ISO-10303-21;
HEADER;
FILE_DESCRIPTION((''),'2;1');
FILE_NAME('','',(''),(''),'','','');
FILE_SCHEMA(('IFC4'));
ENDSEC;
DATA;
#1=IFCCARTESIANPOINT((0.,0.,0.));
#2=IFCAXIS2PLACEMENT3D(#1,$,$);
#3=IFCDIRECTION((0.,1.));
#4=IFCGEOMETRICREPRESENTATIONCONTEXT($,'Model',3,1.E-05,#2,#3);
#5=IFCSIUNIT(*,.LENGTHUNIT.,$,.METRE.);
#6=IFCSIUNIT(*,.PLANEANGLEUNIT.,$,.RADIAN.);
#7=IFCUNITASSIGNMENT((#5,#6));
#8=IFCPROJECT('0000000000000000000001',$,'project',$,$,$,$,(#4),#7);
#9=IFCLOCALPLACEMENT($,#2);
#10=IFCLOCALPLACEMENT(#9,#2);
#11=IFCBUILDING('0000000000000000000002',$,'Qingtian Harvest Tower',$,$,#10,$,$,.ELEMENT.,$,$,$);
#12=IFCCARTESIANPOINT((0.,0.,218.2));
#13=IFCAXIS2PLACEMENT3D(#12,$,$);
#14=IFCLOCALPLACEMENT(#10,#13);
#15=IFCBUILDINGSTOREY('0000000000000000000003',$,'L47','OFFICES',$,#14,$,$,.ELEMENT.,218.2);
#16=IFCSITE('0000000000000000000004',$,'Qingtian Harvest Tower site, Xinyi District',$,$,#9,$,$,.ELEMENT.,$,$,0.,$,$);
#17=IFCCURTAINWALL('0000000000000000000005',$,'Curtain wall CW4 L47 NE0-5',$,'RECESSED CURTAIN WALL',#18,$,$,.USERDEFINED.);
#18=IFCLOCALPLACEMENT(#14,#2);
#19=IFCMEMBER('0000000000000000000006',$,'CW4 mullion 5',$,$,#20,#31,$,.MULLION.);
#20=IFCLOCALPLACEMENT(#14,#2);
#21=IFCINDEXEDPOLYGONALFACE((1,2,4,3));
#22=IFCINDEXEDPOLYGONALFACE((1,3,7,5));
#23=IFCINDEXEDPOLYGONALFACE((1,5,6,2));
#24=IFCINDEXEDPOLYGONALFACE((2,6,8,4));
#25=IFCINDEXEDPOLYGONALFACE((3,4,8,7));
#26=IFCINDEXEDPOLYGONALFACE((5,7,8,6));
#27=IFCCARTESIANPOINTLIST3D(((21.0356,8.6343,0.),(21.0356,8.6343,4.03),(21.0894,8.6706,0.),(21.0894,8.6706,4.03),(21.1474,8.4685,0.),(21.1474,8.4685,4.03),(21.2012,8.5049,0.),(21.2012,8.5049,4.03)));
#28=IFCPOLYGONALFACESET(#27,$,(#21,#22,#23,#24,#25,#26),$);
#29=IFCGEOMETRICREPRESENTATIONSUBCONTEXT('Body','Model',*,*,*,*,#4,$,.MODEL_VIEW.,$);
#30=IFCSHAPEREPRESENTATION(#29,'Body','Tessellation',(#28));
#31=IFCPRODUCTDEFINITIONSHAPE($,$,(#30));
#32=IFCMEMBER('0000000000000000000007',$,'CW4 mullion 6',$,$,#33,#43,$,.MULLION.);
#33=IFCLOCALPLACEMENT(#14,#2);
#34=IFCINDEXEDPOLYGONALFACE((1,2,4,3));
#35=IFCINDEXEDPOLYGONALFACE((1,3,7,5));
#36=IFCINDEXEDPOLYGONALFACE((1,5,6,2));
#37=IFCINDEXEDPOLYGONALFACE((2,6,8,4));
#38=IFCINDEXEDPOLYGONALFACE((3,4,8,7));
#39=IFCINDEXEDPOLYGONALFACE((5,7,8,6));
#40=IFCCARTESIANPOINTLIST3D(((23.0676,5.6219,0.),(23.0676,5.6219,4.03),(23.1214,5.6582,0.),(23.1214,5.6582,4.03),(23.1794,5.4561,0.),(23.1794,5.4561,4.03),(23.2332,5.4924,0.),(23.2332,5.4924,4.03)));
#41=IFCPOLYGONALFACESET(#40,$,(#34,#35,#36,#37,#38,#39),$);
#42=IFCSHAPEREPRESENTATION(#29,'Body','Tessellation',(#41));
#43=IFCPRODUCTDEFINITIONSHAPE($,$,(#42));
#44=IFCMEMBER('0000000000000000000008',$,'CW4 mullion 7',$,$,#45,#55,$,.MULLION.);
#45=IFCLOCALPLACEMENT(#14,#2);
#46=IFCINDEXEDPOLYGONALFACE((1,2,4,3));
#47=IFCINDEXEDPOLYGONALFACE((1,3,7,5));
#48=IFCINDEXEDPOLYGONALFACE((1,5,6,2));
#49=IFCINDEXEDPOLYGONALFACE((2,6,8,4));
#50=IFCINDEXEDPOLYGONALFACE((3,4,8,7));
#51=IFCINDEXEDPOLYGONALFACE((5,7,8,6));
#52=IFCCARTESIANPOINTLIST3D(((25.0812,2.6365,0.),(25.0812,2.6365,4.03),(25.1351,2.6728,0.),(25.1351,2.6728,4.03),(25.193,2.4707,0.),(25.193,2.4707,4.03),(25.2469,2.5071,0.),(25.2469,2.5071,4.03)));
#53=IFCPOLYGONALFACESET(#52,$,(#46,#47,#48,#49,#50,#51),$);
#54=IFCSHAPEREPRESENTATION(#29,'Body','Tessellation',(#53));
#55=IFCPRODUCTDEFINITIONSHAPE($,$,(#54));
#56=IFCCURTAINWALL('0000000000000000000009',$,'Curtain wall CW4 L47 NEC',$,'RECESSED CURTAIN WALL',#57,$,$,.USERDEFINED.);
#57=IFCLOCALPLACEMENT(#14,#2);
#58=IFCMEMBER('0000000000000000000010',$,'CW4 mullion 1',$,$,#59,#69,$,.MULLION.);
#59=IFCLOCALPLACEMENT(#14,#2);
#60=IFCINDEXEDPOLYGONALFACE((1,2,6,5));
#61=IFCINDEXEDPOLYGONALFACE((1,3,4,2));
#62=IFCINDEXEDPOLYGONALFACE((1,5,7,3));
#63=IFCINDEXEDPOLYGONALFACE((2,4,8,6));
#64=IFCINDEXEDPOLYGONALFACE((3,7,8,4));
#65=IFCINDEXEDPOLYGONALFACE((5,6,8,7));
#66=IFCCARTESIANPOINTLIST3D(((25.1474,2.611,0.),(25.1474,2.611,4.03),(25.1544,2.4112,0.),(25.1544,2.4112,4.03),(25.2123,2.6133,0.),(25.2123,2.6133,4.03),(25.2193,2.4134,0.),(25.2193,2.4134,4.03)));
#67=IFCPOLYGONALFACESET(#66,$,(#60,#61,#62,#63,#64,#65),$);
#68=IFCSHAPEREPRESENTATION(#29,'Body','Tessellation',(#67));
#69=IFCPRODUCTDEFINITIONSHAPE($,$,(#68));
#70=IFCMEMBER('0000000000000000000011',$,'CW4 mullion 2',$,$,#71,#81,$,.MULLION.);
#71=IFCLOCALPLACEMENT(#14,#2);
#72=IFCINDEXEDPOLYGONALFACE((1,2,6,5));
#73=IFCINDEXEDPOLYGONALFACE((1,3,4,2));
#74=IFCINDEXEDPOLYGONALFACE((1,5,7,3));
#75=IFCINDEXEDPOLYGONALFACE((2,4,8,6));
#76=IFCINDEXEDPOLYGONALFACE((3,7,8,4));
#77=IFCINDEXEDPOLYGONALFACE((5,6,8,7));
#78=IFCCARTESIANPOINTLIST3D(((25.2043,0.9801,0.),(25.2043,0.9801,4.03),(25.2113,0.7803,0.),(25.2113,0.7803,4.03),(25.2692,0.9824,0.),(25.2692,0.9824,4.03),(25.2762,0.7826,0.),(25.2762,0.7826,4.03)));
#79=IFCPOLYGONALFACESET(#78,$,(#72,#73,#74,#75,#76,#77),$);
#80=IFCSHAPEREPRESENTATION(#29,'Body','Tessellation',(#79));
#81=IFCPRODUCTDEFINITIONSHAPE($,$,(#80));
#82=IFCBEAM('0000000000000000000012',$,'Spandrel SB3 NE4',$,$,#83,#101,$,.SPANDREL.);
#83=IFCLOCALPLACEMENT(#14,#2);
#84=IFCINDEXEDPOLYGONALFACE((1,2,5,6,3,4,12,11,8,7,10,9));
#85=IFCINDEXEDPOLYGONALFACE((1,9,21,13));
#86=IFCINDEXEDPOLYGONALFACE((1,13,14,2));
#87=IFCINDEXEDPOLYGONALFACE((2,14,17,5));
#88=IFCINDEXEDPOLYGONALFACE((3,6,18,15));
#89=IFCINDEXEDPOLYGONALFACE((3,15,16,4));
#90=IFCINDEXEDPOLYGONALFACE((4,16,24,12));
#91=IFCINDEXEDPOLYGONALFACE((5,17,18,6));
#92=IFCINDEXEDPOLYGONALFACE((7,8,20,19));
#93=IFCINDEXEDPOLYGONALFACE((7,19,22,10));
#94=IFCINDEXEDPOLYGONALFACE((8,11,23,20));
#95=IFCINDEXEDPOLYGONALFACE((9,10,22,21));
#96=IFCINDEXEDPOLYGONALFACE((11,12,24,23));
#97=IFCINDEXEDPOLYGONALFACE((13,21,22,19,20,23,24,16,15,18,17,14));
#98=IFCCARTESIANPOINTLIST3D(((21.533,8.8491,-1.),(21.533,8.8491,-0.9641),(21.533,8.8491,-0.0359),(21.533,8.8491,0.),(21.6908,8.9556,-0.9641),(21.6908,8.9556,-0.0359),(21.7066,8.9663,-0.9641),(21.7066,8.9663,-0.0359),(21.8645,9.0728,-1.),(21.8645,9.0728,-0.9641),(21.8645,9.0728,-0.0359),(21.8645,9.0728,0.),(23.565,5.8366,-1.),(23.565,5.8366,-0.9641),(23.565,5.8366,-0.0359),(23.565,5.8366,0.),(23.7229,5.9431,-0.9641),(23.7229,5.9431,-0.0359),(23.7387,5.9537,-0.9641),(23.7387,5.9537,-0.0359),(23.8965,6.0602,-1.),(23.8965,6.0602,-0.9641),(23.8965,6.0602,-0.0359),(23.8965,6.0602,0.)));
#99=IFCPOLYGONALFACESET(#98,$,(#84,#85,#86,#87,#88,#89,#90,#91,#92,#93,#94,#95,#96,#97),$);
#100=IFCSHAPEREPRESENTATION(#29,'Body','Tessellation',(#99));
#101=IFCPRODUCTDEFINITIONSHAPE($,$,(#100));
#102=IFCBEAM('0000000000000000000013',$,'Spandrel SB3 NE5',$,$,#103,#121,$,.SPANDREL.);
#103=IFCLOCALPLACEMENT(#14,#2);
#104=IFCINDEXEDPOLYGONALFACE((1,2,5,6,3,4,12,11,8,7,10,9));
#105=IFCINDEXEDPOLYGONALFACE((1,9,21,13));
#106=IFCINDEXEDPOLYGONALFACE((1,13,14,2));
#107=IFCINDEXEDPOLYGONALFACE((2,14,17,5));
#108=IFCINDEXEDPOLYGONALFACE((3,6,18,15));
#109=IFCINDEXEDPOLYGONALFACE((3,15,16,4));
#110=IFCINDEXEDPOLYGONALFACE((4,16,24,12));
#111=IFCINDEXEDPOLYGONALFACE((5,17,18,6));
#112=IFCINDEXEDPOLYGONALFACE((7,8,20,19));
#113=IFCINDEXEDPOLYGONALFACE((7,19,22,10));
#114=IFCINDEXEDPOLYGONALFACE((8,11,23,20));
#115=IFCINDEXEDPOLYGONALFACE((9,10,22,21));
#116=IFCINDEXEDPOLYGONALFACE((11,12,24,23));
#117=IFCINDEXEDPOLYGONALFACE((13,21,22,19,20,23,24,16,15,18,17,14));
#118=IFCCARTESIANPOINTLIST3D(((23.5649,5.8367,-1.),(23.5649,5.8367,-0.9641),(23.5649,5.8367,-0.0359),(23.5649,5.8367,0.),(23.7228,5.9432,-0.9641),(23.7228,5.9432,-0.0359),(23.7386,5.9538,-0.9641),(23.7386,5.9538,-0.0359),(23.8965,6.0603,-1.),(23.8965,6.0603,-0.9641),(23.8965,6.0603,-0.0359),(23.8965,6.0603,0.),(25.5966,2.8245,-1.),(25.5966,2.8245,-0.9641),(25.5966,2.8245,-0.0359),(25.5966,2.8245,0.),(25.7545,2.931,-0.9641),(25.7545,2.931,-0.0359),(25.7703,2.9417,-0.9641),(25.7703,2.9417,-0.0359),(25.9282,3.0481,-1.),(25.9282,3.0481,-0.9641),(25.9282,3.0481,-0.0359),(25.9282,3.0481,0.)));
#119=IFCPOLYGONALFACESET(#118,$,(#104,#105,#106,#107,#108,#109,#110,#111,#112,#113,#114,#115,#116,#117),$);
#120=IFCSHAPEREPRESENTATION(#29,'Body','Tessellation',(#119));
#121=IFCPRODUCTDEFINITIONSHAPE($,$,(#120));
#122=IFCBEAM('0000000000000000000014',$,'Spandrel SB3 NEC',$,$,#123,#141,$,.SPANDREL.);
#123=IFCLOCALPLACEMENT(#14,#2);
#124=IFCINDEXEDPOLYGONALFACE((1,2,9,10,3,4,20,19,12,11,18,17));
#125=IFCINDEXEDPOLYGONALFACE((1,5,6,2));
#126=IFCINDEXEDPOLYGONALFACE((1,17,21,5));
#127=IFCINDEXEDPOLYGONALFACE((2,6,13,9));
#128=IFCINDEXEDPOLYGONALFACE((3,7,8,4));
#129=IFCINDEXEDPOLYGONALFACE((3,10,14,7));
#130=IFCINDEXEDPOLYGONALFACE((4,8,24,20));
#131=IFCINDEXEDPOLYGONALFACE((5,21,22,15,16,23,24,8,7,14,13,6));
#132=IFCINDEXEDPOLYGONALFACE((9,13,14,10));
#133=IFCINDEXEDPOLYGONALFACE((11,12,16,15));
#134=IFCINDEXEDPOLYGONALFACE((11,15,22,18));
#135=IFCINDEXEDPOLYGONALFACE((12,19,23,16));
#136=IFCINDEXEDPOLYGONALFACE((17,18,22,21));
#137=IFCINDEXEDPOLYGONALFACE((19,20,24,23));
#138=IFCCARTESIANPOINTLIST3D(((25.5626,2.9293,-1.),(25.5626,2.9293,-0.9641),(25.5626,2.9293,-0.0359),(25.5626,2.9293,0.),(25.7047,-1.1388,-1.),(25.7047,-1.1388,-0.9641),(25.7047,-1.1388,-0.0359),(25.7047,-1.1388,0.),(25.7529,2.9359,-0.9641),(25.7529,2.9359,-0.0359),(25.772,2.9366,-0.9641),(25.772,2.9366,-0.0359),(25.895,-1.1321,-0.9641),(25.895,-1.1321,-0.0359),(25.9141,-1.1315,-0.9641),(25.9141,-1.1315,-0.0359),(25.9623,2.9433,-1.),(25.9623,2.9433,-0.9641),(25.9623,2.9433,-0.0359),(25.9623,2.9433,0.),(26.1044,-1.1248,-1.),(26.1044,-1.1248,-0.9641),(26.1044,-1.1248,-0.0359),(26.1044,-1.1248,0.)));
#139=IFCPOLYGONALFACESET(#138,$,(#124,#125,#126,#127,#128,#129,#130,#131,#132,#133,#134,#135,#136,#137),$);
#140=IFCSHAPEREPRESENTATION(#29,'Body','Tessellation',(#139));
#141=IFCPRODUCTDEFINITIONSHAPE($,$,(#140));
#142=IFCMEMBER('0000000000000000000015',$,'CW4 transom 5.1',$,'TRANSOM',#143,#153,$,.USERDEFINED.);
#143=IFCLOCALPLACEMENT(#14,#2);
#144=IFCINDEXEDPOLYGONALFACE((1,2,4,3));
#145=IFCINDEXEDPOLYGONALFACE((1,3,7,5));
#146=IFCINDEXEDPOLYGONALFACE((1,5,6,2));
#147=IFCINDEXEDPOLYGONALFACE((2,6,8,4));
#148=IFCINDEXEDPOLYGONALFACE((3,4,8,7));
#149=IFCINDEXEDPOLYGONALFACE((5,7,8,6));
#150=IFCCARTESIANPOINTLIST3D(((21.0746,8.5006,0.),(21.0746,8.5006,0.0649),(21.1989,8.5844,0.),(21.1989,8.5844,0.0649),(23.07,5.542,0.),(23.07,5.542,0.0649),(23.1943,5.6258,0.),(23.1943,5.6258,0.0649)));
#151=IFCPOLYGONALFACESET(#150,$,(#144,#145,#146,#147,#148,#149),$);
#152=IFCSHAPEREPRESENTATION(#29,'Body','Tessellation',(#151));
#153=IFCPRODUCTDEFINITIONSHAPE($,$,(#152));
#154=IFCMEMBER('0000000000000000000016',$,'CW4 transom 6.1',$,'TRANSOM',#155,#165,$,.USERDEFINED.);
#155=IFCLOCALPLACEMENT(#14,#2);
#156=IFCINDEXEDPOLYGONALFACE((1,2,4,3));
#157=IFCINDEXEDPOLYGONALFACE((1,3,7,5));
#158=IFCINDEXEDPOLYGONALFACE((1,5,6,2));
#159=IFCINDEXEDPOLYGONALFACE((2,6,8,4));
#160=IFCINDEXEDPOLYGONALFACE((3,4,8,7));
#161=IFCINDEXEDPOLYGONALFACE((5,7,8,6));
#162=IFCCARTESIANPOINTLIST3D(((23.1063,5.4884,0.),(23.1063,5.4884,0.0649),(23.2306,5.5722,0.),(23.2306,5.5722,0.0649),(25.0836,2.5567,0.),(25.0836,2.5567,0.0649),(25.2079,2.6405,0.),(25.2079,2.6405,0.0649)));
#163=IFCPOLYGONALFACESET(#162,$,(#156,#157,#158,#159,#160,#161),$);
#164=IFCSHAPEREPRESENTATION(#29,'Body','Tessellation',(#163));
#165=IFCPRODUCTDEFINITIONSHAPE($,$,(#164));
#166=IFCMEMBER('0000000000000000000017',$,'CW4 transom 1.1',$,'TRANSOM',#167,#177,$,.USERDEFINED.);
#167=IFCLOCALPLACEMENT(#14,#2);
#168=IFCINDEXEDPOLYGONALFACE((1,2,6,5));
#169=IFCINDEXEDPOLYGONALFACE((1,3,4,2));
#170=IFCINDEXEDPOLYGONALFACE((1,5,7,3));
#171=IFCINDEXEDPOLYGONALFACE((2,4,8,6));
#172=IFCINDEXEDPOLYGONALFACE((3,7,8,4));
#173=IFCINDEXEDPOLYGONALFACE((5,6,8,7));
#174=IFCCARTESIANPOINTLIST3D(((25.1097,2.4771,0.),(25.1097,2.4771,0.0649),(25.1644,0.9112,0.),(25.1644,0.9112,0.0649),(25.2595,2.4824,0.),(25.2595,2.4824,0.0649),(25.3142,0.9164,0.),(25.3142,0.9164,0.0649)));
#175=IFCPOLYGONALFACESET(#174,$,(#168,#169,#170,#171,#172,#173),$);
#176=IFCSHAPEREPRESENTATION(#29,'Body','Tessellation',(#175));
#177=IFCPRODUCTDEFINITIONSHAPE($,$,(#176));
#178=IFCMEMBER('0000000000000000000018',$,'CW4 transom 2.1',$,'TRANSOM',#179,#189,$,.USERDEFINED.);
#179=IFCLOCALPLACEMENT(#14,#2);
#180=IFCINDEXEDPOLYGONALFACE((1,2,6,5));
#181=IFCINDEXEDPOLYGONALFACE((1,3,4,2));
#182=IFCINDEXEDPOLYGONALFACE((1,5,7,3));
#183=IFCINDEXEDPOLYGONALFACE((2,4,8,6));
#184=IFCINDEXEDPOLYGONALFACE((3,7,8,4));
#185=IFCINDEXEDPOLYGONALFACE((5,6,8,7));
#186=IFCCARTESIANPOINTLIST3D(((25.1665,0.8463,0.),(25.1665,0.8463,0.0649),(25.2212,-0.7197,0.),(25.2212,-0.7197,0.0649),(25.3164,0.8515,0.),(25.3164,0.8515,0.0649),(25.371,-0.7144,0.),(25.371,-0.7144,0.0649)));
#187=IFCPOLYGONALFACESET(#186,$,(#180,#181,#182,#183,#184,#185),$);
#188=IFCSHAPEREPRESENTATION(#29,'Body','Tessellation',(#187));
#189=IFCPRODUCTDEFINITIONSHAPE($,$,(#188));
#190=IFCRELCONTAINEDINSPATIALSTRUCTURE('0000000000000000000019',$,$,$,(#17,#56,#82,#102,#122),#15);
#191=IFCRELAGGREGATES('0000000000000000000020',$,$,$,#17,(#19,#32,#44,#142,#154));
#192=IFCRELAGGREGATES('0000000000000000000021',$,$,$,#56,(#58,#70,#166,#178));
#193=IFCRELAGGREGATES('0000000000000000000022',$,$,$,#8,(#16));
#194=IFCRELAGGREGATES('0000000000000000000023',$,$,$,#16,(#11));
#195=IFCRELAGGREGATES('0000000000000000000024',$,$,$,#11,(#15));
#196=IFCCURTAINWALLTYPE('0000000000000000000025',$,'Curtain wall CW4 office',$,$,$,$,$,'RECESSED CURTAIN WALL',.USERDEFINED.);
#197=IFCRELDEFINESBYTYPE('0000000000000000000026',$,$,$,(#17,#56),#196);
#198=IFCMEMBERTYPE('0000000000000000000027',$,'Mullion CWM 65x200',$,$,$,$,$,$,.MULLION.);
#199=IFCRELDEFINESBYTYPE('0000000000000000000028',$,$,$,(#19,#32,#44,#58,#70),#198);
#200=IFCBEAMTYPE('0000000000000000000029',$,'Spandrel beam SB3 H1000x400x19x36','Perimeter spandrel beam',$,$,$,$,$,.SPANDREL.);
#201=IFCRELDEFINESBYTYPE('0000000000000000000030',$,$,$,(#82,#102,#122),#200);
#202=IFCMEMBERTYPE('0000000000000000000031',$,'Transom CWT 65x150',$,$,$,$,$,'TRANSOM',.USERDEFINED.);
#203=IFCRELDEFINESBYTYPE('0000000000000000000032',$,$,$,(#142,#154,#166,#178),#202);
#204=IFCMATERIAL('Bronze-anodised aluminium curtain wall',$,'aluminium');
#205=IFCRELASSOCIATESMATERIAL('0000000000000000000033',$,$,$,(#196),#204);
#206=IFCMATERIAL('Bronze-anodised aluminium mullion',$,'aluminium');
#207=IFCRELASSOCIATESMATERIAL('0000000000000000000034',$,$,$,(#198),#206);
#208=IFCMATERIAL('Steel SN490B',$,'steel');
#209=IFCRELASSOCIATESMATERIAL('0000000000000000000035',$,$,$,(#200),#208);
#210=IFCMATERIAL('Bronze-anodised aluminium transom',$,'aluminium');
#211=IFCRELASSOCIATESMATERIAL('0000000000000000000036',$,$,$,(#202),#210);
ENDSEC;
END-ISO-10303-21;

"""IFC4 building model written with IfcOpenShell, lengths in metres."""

from ifc_helpers import new_model, si_unit, direction, frame, origin, origin_2d, place, context, subcontext, project, spatial, rectangle, i_section, extrude, material, material_profile, profile_set, type_object, element, aggregate, save


model = new_model("IFC4")

# Units and contexts
model_context = context("Model", 3, precision=1e-05, world=origin(), true_north=direction((0.0, 1.0)))
body_context = subcontext(model_context, "Body", "Model", "MODEL_VIEW")
ifc_project = project(units=[si_unit("LENGTHUNIT", "METRE"), si_unit("PLANEANGLEUNIT", "RADIAN")], contexts=[model_context])

# Site, building, storey
site_placement = place(None, origin())
site = spatial("IfcSite", under=ifc_project, at=site_placement, Name="Qingtian Harvest Tower site, Xinyi District", CompositionType="ELEMENT", RefElevation=0.0)
building_placement = place(site_placement, origin())
building = spatial("IfcBuilding", under=site, at=building_placement, Name="Qingtian Harvest Tower", CompositionType="ELEMENT")
storey_placement = place(building_placement, frame((0.0, 0.0, 218.2)))
storey = spatial("IfcBuildingStorey", under=building, at=storey_placement, Name="L47", Description="OFFICES", CompositionType="ELEMENT", Elevation=218.2)

# Curtain walls, members
ifc_material_1 = material(Name="Bronze-anodised aluminium curtain wall", Category="aluminium")
curtain_wall_type = type_object("IfcCurtainWallType", Name="Curtain wall CW4 office", ElementType="RECESSED CURTAIN WALL", PredefinedType="USERDEFINED", material=ifc_material_1)
curtain_wall_1_placement = place(storey_placement, origin())
curtain_wall_1 = element("IfcCurtainWall", 1, at=curtain_wall_1_placement, inside=storey, type_object=curtain_wall_type, Name="Curtain wall CW4 L47 NE0-5", ObjectType="RECESSED CURTAIN WALL", PredefinedType="USERDEFINED")
ifc_material_2 = material(Name="Bronze-anodised aluminium mullion", Category="aluminium")
ifc_material_profile_1 = material_profile(ifc_material_2, rectangle(XDim=0.0649, YDim=0.2, at=origin_2d()), Name="AL 65x200")
ifc_profile_set_1 = profile_set([ifc_material_profile_1], Name="Bronze-anodised aluminium mullion")
member_type_1 = type_object("IfcMemberType", Name="Mullion CWM 65x200", PredefinedType="MULLION", material=ifc_profile_set_1)
member_1_placement = place(storey_placement, frame((21.1184, 8.5696, 0.0), z_axis=(0.0, 0.0, 1.0), x_axis=(0.829038, 0.559193, 0.0)))
member_1 = element("IfcMember", 2, at=member_1_placement, type_object=member_type_1, Name="CW4 mullion 5", PredefinedType="MULLION", context=body_context, shape_type="SweptSolid", body=[
    extrude(rectangle(XDim=0.0649, YDim=0.2, at=origin_2d()), origin(), (0.0, 0.0, 1.0), 4.03),
])
member_2_placement = place(storey_placement, frame((23.1504, 5.5571, 0.0), z_axis=(0.0, 0.0, 1.0), x_axis=(0.829038, 0.559193, 0.0)))
member_2 = element("IfcMember", 3, at=member_2_placement, type_object=member_type_1, Name="CW4 mullion 6", PredefinedType="MULLION", context=body_context, shape_type="SweptSolid", body=[
    extrude(rectangle(XDim=0.0649, YDim=0.2, at=origin_2d()), origin(), (0.0, 0.0, 1.0), 4.03),
])
member_3_placement = place(storey_placement, frame((25.1641, 2.5718, 0.0), z_axis=(0.0, 0.0, 1.0), x_axis=(0.829038, 0.559193, 0.0)))
member_3 = element("IfcMember", 4, at=member_3_placement, type_object=member_type_1, Name="CW4 mullion 7", PredefinedType="MULLION", context=body_context, shape_type="SweptSolid", body=[
    extrude(rectangle(XDim=0.0649, YDim=0.2, at=origin_2d()), origin(), (0.0, 0.0, 1.0), 4.03),
])
curtain_wall_2_placement = place(storey_placement, origin())
curtain_wall_2 = element("IfcCurtainWall", 5, at=curtain_wall_2_placement, inside=storey, type_object=curtain_wall_type, Name="Curtain wall CW4 L47 NEC", ObjectType="RECESSED CURTAIN WALL", PredefinedType="USERDEFINED")
member_4_placement = place(storey_placement, frame((25.1833, 2.5122, 0.0), z_axis=(0.0, 0.0, 1.0), x_axis=(0.999391, 0.034899, 0.0)))
member_4 = element("IfcMember", 6, at=member_4_placement, type_object=member_type_1, Name="CW4 mullion 1", PredefinedType="MULLION", context=body_context, shape_type="SweptSolid", body=[
    extrude(rectangle(XDim=0.0649, YDim=0.2, at=origin_2d()), origin(), (0.0, 0.0, 1.0), 4.03),
])
member_5_placement = place(storey_placement, frame((25.2402, 0.8813, 0.0), z_axis=(0.0, 0.0, 1.0), x_axis=(0.999391, 0.034899, 0.0)))
member_5 = element("IfcMember", 7, at=member_5_placement, type_object=member_type_1, Name="CW4 mullion 2", PredefinedType="MULLION", context=body_context, shape_type="SweptSolid", body=[
    extrude(rectangle(XDim=0.0649, YDim=0.2, at=origin_2d()), origin(), (0.0, 0.0, 1.0), 4.03),
])

# Beams
ifc_material_3 = material(Name="Steel SN490B", Category="steel")
ifc_material_profile_2 = material_profile(ifc_material_3, i_section(OverallWidth=0.3999, OverallDepth=1.0, WebThickness=0.019, FlangeThickness=0.0359, at=origin_2d()), Name="H1000x400x19x36")
ifc_profile_set_2 = profile_set([ifc_material_profile_2], Name="Steel SN490B")
beam_type_1 = type_object("IfcBeamType", Name="Spandrel beam SB3 H1000x400x19x36", Description="Perimeter spandrel beam", PredefinedType="SPANDREL", material=ifc_profile_set_2)
beam_1_placement = place(storey_placement, frame((21.6987, 8.9609, -0.5), z_axis=(0.559204, -0.82903, 0.0), x_axis=(0.82903, 0.559204, 0.0)))
element("IfcBeam", 8, at=beam_1_placement, inside=storey, type_object=beam_type_1, Name="Spandrel SB3 NE4", PredefinedType="SPANDREL", context=body_context, shape_type="SweptSolid", body=[
    extrude(i_section(OverallWidth=0.3999, OverallDepth=1.0, WebThickness=0.019, FlangeThickness=0.0359, at=origin_2d()), origin(), (0.0, 0.0, 1.0), 3.6338),
])
beam_2_placement = place(storey_placement, frame((23.7307, 5.9485, -0.5), z_axis=(0.559189, -0.82904, 0.0), x_axis=(0.82904, 0.559189, 0.0)))
element("IfcBeam", 9, at=beam_2_placement, inside=storey, type_object=beam_type_1, Name="Spandrel SB3 NE5", PredefinedType="SPANDREL", context=body_context, shape_type="SweptSolid", body=[
    extrude(i_section(OverallWidth=0.3999, OverallDepth=1.0, WebThickness=0.019, FlangeThickness=0.0359, at=origin_2d()), origin(), (0.0, 0.0, 1.0), 3.6333),
])
beam_3_placement = place(storey_placement, frame((25.7625, 2.9363, -0.5), z_axis=(0.034906, -0.999391, 0.0), x_axis=(0.999391, 0.034906, 0.0)))
element("IfcBeam", 10, at=beam_3_placement, inside=storey, type_object=beam_type_1, Name="Spandrel SB3 NEC", PredefinedType="SPANDREL", context=body_context, shape_type="SweptSolid", body=[
    extrude(i_section(OverallWidth=0.3999, OverallDepth=1.0, WebThickness=0.019, FlangeThickness=0.0359, at=origin_2d()), origin(), (0.0, 0.0, 1.0), 4.0706),
])

# Members
ifc_material_4 = material(Name="Bronze-anodised aluminium transom", Category="aluminium")
ifc_material_profile_3 = material_profile(ifc_material_4, rectangle(XDim=0.1499, YDim=0.0649, at=origin_2d()), Name="AL 65x150")
ifc_profile_set_3 = profile_set([ifc_material_profile_3], Name="Bronze-anodised aluminium transom")
member_type_2 = type_object("IfcMemberType", Name="Transom CWT 65x150", ElementType="TRANSOM", PredefinedType="USERDEFINED", material=ifc_profile_set_3)
member_6_placement = place(storey_placement, frame((21.1367, 8.5425, 0.0325), z_axis=(0.55916, -0.82906, 0.0), x_axis=(0.82906, 0.55916, 0.0)))
member_6 = element("IfcMember", 11, at=member_6_placement, type_object=member_type_2, Name="CW4 transom 5.1", ObjectType="TRANSOM", PredefinedType="USERDEFINED", context=body_context, shape_type="SweptSolid", body=[
    extrude(rectangle(XDim=0.1499, YDim=0.0649, at=origin_2d()), origin(), (0.0, 0.0, 1.0), 3.5686),
])
member_7_placement = place(storey_placement, frame((23.1685, 5.5303, 0.0325), z_axis=(0.559169, -0.829054, 0.0), x_axis=(0.829054, 0.559169, 0.0)))
member_7 = element("IfcMember", 12, at=member_7_placement, type_object=member_type_2, Name="CW4 transom 6.1", ObjectType="TRANSOM", PredefinedType="USERDEFINED", context=body_context, shape_type="SweptSolid", body=[
    extrude(rectangle(XDim=0.1499, YDim=0.0649, at=origin_2d()), origin(), (0.0, 0.0, 1.0), 3.5361),
])
member_8_placement = place(storey_placement, frame((25.1846, 2.4797, 0.0325), z_axis=(0.034902, -0.999391, 0.0), x_axis=(0.999391, 0.034902, 0.0)))
member_8 = element("IfcMember", 13, at=member_8_placement, type_object=member_type_2, Name="CW4 transom 1.1", ObjectType="TRANSOM", PredefinedType="USERDEFINED", context=body_context, shape_type="SweptSolid", body=[
    extrude(rectangle(XDim=0.1499, YDim=0.0649, at=origin_2d()), origin(), (0.0, 0.0, 1.0), 1.5669),
])
member_9_placement = place(storey_placement, frame((25.2415, 0.8489, 0.0325), z_axis=(0.034902, -0.999391, 0.0), x_axis=(0.999391, 0.034902, 0.0)))
member_9 = element("IfcMember", 14, at=member_9_placement, type_object=member_type_2, Name="CW4 transom 2.1", ObjectType="TRANSOM", PredefinedType="USERDEFINED", context=body_context, shape_type="SweptSolid", body=[
    extrude(rectangle(XDim=0.1499, YDim=0.0649, at=origin_2d()), origin(), (0.0, 0.0, 1.0), 1.5669),
])

aggregate(curtain_wall_1, [member_1, member_2, member_3, member_6, member_7])
aggregate(curtain_wall_2, [member_4, member_5, member_8, member_9])

save(model, "model.ifc")
